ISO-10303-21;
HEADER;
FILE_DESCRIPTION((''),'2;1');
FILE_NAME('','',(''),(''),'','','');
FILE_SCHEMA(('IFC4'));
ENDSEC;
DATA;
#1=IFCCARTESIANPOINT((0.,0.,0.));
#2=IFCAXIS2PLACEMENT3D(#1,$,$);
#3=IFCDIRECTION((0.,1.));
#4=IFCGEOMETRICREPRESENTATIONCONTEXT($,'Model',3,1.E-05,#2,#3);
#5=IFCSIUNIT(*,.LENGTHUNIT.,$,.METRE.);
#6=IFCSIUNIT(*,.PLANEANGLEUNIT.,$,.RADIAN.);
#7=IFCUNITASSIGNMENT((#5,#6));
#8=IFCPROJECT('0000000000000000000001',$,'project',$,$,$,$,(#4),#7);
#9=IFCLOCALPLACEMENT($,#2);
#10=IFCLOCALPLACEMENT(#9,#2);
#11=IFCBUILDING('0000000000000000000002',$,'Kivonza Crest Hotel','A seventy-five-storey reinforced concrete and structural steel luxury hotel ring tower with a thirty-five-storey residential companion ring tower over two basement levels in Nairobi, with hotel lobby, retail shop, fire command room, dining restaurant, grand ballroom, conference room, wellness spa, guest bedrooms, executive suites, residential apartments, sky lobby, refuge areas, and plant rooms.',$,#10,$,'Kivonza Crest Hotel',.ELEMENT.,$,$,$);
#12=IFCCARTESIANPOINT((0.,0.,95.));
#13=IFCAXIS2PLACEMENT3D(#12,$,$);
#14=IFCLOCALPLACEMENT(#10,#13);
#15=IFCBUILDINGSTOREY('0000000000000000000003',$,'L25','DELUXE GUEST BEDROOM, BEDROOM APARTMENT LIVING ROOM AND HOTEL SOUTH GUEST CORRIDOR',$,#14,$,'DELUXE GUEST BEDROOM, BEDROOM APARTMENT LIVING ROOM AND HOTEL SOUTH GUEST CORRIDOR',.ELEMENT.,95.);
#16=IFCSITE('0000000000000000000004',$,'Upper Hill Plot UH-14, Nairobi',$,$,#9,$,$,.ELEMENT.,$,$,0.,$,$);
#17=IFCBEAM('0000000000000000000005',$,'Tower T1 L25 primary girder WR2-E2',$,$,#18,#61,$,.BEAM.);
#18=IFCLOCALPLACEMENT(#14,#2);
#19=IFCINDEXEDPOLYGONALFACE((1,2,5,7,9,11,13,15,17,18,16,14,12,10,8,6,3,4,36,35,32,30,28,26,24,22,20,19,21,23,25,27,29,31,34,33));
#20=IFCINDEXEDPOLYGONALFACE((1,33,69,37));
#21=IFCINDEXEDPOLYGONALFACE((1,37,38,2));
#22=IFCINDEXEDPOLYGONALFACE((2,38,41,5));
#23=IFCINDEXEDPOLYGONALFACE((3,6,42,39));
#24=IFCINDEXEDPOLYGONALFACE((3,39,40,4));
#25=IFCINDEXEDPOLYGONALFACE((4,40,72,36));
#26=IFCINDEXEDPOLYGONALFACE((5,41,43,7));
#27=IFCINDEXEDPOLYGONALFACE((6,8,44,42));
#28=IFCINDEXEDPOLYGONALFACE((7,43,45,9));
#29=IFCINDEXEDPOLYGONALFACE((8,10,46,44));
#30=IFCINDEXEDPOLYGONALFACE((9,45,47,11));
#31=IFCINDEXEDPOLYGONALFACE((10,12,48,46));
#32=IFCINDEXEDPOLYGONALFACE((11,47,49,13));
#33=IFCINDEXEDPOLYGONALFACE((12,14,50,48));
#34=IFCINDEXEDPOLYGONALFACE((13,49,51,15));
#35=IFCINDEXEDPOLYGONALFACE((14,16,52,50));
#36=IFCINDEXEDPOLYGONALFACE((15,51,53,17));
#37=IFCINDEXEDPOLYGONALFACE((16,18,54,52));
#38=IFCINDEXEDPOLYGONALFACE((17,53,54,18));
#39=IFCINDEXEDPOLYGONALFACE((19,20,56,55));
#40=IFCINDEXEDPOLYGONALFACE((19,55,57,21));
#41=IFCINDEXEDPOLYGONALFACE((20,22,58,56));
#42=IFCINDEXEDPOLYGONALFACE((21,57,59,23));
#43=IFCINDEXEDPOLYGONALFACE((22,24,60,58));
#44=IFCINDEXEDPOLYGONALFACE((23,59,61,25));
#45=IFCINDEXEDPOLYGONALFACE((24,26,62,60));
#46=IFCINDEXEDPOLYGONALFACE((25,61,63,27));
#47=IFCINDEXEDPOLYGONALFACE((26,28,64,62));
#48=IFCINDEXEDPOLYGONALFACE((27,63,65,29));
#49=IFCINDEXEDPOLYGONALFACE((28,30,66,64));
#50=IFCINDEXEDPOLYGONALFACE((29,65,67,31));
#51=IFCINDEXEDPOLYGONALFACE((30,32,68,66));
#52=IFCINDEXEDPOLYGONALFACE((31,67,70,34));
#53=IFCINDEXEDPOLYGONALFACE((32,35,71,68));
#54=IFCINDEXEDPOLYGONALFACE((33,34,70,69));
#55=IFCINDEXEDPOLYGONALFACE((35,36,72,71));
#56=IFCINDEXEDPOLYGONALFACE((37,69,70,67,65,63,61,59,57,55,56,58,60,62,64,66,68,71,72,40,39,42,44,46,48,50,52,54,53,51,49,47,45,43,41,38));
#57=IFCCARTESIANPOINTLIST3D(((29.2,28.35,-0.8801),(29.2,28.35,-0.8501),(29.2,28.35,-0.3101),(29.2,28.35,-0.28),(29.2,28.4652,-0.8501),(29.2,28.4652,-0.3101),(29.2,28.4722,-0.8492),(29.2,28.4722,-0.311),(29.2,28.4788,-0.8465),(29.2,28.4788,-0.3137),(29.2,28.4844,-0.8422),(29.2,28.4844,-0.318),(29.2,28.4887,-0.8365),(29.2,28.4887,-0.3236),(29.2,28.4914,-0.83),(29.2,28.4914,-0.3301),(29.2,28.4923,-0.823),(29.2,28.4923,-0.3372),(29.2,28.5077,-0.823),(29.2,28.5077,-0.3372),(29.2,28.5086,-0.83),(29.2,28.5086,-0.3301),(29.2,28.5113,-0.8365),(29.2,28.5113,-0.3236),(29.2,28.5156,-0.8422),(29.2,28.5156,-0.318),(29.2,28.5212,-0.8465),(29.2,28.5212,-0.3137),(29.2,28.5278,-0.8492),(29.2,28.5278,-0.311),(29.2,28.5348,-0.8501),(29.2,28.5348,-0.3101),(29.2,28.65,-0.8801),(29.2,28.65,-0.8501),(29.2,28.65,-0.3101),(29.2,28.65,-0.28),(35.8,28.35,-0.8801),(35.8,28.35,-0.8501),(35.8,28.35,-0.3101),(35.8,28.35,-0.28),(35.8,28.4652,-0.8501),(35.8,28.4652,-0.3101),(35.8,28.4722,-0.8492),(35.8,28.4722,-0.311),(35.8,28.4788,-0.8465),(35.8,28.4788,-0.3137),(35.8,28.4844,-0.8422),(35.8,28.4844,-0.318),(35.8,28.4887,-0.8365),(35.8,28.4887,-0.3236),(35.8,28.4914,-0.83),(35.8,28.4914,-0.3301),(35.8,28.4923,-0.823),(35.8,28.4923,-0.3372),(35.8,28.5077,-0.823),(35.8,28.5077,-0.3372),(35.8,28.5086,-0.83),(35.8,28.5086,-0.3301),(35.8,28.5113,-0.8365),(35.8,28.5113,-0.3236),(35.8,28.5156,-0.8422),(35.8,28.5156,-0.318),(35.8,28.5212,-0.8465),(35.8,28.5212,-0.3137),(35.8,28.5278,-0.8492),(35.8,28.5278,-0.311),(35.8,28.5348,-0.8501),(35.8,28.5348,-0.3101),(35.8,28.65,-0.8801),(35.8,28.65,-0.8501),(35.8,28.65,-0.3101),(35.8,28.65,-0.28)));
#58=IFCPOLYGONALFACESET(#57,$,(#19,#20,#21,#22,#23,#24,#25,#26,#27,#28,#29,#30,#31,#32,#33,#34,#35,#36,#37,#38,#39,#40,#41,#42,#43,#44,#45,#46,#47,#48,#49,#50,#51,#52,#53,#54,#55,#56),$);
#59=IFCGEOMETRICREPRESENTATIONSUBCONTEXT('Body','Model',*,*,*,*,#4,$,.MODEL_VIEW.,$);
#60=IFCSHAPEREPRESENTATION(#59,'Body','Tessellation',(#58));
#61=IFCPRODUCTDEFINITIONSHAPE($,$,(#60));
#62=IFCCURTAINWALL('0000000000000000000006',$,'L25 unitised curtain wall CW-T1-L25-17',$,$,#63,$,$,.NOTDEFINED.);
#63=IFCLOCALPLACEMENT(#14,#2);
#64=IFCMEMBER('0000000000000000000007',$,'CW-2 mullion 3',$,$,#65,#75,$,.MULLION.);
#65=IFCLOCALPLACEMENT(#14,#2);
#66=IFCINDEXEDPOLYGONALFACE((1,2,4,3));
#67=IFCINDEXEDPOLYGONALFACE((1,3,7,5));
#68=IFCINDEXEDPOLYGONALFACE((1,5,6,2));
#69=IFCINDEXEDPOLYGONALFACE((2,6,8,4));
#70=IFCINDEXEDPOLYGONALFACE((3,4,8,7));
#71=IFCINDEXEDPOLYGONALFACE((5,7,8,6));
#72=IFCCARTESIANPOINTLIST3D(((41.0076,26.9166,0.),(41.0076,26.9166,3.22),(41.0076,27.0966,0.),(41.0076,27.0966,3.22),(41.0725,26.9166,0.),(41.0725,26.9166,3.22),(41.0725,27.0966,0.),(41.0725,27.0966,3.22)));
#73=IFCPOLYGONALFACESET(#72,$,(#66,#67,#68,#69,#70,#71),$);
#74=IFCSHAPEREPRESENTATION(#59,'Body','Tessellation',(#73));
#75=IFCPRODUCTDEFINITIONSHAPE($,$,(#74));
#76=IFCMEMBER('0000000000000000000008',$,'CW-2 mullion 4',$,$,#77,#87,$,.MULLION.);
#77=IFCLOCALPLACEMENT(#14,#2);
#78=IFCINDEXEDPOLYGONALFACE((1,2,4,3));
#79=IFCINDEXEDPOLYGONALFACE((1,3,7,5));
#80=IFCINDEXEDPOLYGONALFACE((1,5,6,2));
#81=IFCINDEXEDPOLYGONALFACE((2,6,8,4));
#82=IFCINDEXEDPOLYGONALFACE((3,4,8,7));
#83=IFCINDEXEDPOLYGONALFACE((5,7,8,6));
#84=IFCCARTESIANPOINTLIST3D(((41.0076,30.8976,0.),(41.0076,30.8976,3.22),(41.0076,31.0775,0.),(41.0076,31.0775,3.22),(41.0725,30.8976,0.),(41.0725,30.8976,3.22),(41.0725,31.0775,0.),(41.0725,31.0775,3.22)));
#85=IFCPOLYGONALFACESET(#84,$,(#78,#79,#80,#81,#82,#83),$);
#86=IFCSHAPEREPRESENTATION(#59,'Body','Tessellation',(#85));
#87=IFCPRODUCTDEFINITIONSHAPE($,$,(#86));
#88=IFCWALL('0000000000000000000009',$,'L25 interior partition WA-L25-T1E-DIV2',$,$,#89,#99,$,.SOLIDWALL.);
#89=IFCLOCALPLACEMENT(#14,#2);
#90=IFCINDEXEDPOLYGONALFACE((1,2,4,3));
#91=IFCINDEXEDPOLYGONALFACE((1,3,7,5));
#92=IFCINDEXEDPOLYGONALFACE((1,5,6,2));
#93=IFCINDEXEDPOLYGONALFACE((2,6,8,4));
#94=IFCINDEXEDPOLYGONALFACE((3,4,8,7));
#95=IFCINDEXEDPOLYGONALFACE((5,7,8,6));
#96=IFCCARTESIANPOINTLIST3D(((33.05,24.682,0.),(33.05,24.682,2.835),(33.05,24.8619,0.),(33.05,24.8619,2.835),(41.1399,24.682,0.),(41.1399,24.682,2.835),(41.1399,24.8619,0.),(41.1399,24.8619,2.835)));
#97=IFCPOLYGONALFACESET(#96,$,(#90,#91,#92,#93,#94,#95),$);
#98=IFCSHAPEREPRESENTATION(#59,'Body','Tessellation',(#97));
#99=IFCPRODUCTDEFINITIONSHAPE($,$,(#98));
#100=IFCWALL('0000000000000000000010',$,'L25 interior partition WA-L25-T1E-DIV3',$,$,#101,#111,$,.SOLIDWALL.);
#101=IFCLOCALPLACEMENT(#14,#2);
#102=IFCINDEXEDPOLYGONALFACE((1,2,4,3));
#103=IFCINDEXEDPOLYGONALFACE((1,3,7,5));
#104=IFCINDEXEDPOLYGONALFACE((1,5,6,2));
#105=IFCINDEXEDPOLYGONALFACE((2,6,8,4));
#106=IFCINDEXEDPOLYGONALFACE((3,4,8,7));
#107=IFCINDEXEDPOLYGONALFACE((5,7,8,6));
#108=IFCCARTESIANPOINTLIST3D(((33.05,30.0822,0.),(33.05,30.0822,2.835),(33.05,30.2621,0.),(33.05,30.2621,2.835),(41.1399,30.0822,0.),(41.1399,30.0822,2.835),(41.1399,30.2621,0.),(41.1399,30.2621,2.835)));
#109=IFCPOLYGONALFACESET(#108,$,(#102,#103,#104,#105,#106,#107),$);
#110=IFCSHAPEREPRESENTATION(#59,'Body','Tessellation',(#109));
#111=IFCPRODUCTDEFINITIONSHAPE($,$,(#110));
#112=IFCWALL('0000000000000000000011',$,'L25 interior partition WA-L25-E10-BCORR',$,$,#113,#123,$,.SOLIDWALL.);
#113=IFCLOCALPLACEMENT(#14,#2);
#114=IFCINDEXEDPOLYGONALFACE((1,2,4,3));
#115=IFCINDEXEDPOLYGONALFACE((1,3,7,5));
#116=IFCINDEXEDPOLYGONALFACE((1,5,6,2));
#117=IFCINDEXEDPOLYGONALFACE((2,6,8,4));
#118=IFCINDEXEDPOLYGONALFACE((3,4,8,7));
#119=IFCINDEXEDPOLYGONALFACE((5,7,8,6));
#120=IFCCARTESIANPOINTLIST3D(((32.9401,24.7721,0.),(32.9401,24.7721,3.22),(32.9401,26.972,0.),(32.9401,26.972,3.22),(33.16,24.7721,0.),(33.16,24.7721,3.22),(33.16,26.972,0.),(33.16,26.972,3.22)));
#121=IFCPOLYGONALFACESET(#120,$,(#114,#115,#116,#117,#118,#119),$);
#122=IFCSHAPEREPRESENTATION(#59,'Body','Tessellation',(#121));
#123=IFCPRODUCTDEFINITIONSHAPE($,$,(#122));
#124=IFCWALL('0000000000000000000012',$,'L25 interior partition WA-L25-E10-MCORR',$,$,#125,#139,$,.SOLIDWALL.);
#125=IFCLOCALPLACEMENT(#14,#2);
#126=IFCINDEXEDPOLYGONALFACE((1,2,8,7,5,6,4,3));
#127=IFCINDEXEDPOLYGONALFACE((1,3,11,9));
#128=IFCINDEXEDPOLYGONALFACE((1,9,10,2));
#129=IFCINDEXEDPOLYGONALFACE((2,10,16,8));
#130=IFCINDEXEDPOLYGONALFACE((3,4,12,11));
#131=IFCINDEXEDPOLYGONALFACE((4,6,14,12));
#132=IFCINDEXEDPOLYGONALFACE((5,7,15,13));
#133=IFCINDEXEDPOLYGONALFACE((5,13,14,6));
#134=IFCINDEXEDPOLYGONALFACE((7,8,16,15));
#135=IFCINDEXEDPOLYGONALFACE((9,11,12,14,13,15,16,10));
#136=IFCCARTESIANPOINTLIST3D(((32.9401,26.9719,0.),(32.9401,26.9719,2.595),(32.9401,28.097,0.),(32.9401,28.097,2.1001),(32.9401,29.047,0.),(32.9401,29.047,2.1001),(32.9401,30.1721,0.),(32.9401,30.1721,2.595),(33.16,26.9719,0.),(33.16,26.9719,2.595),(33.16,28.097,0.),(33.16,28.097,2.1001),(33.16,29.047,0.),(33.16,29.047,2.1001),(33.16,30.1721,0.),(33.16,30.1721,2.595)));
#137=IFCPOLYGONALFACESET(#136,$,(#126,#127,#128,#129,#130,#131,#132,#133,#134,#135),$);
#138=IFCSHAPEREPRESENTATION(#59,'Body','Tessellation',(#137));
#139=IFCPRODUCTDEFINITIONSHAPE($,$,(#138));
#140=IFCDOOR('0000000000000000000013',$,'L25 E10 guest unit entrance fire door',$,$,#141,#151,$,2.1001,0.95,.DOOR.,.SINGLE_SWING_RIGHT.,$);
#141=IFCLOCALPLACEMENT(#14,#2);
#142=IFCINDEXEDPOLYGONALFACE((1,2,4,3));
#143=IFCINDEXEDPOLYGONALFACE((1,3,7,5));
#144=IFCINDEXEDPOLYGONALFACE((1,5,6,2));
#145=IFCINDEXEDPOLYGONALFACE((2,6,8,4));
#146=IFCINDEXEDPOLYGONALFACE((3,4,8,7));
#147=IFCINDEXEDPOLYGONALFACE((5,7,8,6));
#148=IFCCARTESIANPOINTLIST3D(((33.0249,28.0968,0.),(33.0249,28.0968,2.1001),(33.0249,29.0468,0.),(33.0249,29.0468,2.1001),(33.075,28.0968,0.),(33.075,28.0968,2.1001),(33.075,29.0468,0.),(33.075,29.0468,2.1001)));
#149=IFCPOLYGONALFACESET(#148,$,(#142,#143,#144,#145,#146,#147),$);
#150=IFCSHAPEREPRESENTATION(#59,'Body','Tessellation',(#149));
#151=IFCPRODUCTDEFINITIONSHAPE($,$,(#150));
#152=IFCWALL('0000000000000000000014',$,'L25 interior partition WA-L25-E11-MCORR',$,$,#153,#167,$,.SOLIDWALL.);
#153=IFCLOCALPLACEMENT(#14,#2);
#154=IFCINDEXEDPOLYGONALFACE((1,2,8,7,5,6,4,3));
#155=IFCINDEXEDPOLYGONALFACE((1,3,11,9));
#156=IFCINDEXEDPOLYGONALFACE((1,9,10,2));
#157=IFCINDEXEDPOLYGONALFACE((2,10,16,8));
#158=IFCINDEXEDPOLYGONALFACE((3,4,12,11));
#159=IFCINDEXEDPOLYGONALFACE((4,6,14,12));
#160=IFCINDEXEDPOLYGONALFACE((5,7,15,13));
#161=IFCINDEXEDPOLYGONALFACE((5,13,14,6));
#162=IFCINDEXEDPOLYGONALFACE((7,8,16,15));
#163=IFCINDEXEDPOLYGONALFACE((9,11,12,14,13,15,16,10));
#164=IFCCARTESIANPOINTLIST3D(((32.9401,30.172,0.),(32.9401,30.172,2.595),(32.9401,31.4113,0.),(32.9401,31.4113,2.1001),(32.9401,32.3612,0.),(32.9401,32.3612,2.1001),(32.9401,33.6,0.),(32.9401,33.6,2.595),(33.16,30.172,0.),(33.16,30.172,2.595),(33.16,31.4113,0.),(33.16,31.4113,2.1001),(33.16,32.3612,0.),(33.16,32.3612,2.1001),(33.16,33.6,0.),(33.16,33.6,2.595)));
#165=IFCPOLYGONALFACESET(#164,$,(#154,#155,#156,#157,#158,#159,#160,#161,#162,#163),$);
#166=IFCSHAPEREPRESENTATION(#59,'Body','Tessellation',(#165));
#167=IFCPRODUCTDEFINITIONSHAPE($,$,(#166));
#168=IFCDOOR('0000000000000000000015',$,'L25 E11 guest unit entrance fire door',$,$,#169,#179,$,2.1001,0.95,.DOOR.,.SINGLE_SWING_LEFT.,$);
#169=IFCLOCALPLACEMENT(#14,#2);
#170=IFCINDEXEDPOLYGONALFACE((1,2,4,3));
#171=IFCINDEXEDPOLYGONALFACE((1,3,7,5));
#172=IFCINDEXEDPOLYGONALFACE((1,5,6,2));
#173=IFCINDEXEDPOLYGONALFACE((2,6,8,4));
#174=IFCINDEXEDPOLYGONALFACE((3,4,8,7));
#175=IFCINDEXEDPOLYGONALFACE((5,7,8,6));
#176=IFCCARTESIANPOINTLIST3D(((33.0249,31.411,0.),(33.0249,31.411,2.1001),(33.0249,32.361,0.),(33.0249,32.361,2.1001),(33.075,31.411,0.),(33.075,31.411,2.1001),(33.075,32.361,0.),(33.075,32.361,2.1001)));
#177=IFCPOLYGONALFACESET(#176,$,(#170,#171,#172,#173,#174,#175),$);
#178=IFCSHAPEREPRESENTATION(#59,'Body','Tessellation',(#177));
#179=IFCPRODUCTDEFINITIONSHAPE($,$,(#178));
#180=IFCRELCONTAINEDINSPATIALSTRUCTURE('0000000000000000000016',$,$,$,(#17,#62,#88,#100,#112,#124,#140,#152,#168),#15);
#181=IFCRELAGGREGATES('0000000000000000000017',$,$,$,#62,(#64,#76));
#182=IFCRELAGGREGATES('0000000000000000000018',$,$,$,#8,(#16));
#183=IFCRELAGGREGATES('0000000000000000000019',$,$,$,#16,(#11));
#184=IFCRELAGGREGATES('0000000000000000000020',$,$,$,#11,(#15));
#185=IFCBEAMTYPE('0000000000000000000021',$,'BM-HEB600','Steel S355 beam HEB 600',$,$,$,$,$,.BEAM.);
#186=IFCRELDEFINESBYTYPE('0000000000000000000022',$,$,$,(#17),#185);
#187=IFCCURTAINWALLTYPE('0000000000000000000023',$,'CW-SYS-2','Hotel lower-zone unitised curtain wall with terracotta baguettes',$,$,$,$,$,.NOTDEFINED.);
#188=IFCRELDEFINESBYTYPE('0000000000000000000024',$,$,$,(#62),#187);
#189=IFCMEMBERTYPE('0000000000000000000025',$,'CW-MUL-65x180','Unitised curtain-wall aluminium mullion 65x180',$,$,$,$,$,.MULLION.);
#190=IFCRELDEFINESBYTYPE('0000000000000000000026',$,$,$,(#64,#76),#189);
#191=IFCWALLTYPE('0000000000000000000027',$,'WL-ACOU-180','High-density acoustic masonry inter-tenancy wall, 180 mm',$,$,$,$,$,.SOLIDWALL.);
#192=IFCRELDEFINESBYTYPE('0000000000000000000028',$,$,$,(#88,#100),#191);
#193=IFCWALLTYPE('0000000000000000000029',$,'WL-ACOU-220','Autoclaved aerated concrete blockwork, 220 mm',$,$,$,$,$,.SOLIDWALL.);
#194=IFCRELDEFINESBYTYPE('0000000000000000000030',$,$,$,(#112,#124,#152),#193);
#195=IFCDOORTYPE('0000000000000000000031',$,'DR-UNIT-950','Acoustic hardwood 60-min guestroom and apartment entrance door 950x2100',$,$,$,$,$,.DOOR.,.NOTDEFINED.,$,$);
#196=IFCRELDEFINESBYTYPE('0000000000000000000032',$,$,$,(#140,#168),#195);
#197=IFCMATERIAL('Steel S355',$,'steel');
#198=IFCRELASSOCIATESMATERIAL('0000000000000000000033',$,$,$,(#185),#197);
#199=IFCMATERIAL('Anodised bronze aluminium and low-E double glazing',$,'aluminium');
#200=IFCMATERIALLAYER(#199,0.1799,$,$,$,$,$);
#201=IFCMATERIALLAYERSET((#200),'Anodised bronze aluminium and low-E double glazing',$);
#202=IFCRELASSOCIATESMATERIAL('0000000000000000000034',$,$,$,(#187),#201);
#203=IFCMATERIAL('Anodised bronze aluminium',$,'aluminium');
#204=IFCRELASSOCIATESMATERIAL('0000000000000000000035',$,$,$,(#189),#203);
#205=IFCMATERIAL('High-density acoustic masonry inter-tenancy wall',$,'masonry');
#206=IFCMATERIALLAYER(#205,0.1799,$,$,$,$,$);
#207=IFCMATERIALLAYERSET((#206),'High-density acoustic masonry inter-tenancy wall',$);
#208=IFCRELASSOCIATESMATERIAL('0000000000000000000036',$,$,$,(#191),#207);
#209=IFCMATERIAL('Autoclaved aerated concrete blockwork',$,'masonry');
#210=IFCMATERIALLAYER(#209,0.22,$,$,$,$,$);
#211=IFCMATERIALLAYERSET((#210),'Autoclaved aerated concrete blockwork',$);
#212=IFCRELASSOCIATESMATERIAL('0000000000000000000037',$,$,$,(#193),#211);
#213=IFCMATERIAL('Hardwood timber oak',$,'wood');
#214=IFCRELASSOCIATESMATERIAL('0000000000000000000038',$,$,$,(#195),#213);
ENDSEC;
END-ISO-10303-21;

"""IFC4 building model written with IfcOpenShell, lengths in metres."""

from ifc_helpers import new_model, si_unit, direction, frame, frame_2d, origin, origin_2d, place, context, subcontext, project, spatial, rectangle, i_section, extrude, material, layer, layer_set, material_profile, profile_set, type_object, element, fill, aggregate, save


model = new_model("IFC4")

# Units and contexts
model_context = context("Model", 3, precision=1e-05, world=origin(), true_north=direction((0.0, 1.0)))
body_context = subcontext(model_context, "Body", "Model", "MODEL_VIEW")
ifc_project = project(units=[si_unit("LENGTHUNIT", "METRE"), si_unit("PLANEANGLEUNIT", "RADIAN")], contexts=[model_context])

# Site, building, storey
site_placement = place(None, origin())
site = spatial("IfcSite", under=ifc_project, at=site_placement, Name="Upper Hill Plot UH-14, Nairobi", CompositionType="ELEMENT", RefElevation=0.0)
building_placement = place(site_placement, origin())
building = spatial("IfcBuilding", under=site, at=building_placement, Name="Kivonza Crest Hotel", Description="A seventy-five-storey reinforced concrete and structural steel luxury hotel ring tower with a thirty-five-storey residential companion ring tower over two basement levels in Nairobi, with hotel lobby, retail shop, fire command room, dining restaurant, grand ballroom, conference room, wellness spa, guest bedrooms, executive suites, residential apartments, sky lobby, refuge areas, and plant rooms.", LongName="Kivonza Crest Hotel", CompositionType="ELEMENT")
storey_placement = place(building_placement, frame((0.0, 0.0, 95.0)))
storey = spatial("IfcBuildingStorey", under=building, at=storey_placement, Name="L25", Description="DELUXE GUEST BEDROOM, BEDROOM APARTMENT LIVING ROOM AND HOTEL SOUTH GUEST CORRIDOR", LongName="DELUXE GUEST BEDROOM, BEDROOM APARTMENT LIVING ROOM AND HOTEL SOUTH GUEST CORRIDOR", CompositionType="ELEMENT", Elevation=95.0)

# Beam
ifc_material_1 = material(Name="Steel S355", Category="steel")
ifc_material_profile_1 = material_profile(ifc_material_1, i_section(OverallWidth=0.3, OverallDepth=0.6001, WebThickness=0.0154, FlangeThickness=0.03, FilletRadius=0.0271, at=origin_2d()), Name="HEB 600")
ifc_profile_set_1 = profile_set([ifc_material_profile_1], Name="Steel S355")
beam_type_1 = type_object("IfcBeamType", Name="BM-HEB600", Description="Steel S355 beam HEB 600", PredefinedType="BEAM", material=ifc_profile_set_1)
beam_1_placement = place(storey_placement, frame((29.2, 28.5, -0.5801), z_axis=(1.0, 0.0, 0.0), x_axis=(0.0, 1.0, 0.0)))
element("IfcBeam", 1, at=beam_1_placement, inside=storey, type_object=beam_type_1, Name="Tower T1 L25 primary girder WR2-E2", PredefinedType="BEAM", context=body_context, shape_type="SweptSolid", body=[
    extrude(i_section(OverallWidth=0.3, OverallDepth=0.6001, WebThickness=0.0154, FlangeThickness=0.03, FilletRadius=0.0271, at=origin_2d()), origin(), (0.0, 0.0, 1.0), 6.6001),
])

# Curtain wall, members
ifc_material_2 = material(Name="Anodised bronze aluminium and low-E double glazing", Category="aluminium")
ifc_layer_1 = layer(ifc_material_2, 0.1799)
ifc_layer_set_1 = layer_set([ifc_layer_1], Name="Anodised bronze aluminium and low-E double glazing")
curtain_wall_type = type_object("IfcCurtainWallType", Name="CW-SYS-2", Description="Hotel lower-zone unitised curtain wall with terracotta baguettes", PredefinedType="NOTDEFINED", material=ifc_layer_set_1)
curtain_wall_placement = place(storey_placement, origin())
curtain_wall = element("IfcCurtainWall", 2, at=curtain_wall_placement, inside=storey, type_object=curtain_wall_type, Name="L25 unitised curtain wall CW-T1-L25-17", PredefinedType="NOTDEFINED")
ifc_material_3 = material(Name="Anodised bronze aluminium", Category="aluminium")
ifc_material_profile_2 = material_profile(ifc_material_3, rectangle(XDim=0.0649, YDim=0.1799, at=origin_2d()), Name="CW-M 65x180")
ifc_profile_set_2 = profile_set([ifc_material_profile_2], Name="Anodised bronze aluminium")
member_type = type_object("IfcMemberType", Name="CW-MUL-65x180", Description="Unitised curtain-wall aluminium mullion 65x180", PredefinedType="MULLION", material=ifc_profile_set_2)
member_1_placement = place(storey_placement, frame((41.04, 27.0066, 0.0), z_axis=(0.0, 0.0, 1.0), x_axis=(-1.0, 0.0, 0.0)))
member_1 = element("IfcMember", 3, at=member_1_placement, type_object=member_type, Name="CW-2 mullion 3", PredefinedType="MULLION", context=body_context, shape_type="SweptSolid", body=[
    extrude(rectangle(XDim=0.0649, YDim=0.1799, at=origin_2d()), origin(), (0.0, 0.0, 1.0), 3.22),
])
member_2_placement = place(storey_placement, frame((41.04, 30.9875, 0.0), z_axis=(0.0, 0.0, 1.0), x_axis=(-1.0, 0.0, 0.0)))
member_2 = element("IfcMember", 4, at=member_2_placement, type_object=member_type, Name="CW-2 mullion 4", PredefinedType="MULLION", context=body_context, shape_type="SweptSolid", body=[
    extrude(rectangle(XDim=0.0649, YDim=0.1799, at=origin_2d()), origin(), (0.0, 0.0, 1.0), 3.22),
])
aggregate(curtain_wall, [member_1, member_2])

# Walls
ifc_material_4 = material(Name="High-density acoustic masonry inter-tenancy wall", Category="masonry")
ifc_layer_2 = layer(ifc_material_4, 0.1799)
ifc_layer_set_2 = layer_set([ifc_layer_2], Name="High-density acoustic masonry inter-tenancy wall")
wall_type_1 = type_object("IfcWallType", Name="WL-ACOU-180", Description="High-density acoustic masonry inter-tenancy wall, 180 mm", PredefinedType="SOLIDWALL", material=ifc_layer_set_2)
for number, where, z_axis, x_axis, name in (
    (5, (33.05, 24.772, 0.0), (0.0, 0.0, 1.0), (1.0, 0.0, 0.0), "L25 interior partition WA-L25-T1E-DIV2"),
    (6, (33.05, 30.1721, 0.0), (0.0, 0.0, 1.0), (1.0, 0.0, 0.0), "L25 interior partition WA-L25-T1E-DIV3"),
):
    element("IfcWall", number, at=place(storey_placement, frame(where, z_axis=z_axis, x_axis=x_axis)), inside=storey, type_object=wall_type_1, Name=name, PredefinedType="SOLIDWALL", context=body_context, shape_type="SweptSolid", body=[
        extrude(rectangle(XDim=8.0898, YDim=0.1799, at=frame_2d((4.0449, 0.0))), origin(), (0.0, 0.0, 1.0), 2.835),
    ])
ifc_material_5 = material(Name="Autoclaved aerated concrete blockwork", Category="masonry")
ifc_layer_3 = layer(ifc_material_5, 0.22)
ifc_layer_set_3 = layer_set([ifc_layer_3], Name="Autoclaved aerated concrete blockwork")
wall_type_2 = type_object("IfcWallType", Name="WL-ACOU-220", Description="Autoclaved aerated concrete blockwork, 220 mm", PredefinedType="SOLIDWALL", material=ifc_layer_set_3)
wall_1_placement = place(storey_placement, frame((33.05, 24.772, 0.0), z_axis=(0.0, 0.0, 1.0), x_axis=(0.0, 1.0, 0.0)))
element("IfcWall", 7, at=wall_1_placement, inside=storey, type_object=wall_type_2, Name="L25 interior partition WA-L25-E10-BCORR", PredefinedType="SOLIDWALL", context=body_context, shape_type="SweptSolid", body=[
    extrude(rectangle(XDim=2.2, YDim=0.22, at=frame_2d((1.1001, 0.0))), origin(), (0.0, 0.0, 1.0), 3.22),
])

# Walls, openings, doors
wall_2_placement = place(storey_placement, frame((33.05, 26.9719, 0.0), z_axis=(0.0, 0.0, 1.0), x_axis=(0.0, 1.0, 0.0)))
wall_2 = element("IfcWall", 8, at=wall_2_placement, inside=storey, type_object=wall_type_2, Name="L25 interior partition WA-L25-E10-MCORR", PredefinedType="SOLIDWALL", context=body_context, shape_type="SweptSolid", body=[
    extrude(rectangle(XDim=3.2002, YDim=0.22, at=frame_2d((1.6001, 0.0))), origin(), (0.0, 0.0, 1.0), 2.595),
])
opening_1_placement = place(wall_2_placement, frame((1.125, 0.0, 0.0)))
opening_1 = element("IfcOpeningElement", 9, at=opening_1_placement, cuts=wall_2, PredefinedType="OPENING", context=body_context, shape_type="SweptSolid", body=[
    extrude(rectangle(XDim=0.95, YDim=2.1001, at=frame_2d((0.4751, 1.05))), frame((0.0, 0.1201, 0.0), z_axis=(0.0, -1.0, 0.0), x_axis=(1.0, 0.0, 0.0)), (0.0, 0.0, 1.0), 0.24),
])
ifc_material_6 = material(Name="Hardwood timber oak", Category="wood")
door_type_1 = type_object("IfcDoorType", Name="DR-UNIT-950", Description="Acoustic hardwood 60-min guestroom and apartment entrance door 950x2100", OperationType="NOTDEFINED", PredefinedType="DOOR", material=ifc_material_6)
door_1_placement = place(opening_1_placement, frame((0.95, 0.0, 0.0), z_axis=(0.0, 0.0, 1.0), x_axis=(-1.0, 0.0, 0.0)))
door_1 = element("IfcDoor", 10, at=door_1_placement, inside=storey, type_object=door_type_1, Name="L25 E10 guest unit entrance fire door", OperationType="SINGLE_SWING_RIGHT", OverallHeight=2.1001, OverallWidth=0.95, PredefinedType="DOOR", context=body_context, shape_type="SweptSolid", body=[
    extrude(rectangle(XDim=0.95, YDim=2.1001, at=frame_2d((0.4751, 1.05))), frame((0.0, 0.0249, 0.0), z_axis=(0.0, -1.0, 0.0), x_axis=(1.0, 0.0, 0.0)), (0.0, 0.0, 1.0), 0.05),
])
fill(opening_1, door_1)
wall_3_placement = place(storey_placement, frame((33.05, 30.1721, 0.0), z_axis=(0.0, 0.0, 1.0), x_axis=(0.0, 1.0, 0.0)))
wall_3 = element("IfcWall", 11, at=wall_3_placement, inside=storey, type_object=wall_type_2, Name="L25 interior partition WA-L25-E11-MCORR", PredefinedType="SOLIDWALL", context=body_context, shape_type="SweptSolid", body=[
    extrude(rectangle(XDim=3.428, YDim=0.22, at=frame_2d((1.7139, 0.0))), origin(), (0.0, 0.0, 1.0), 2.595),
])
opening_2_placement = place(wall_3_placement, frame((1.239, 0.0, 0.0)))
opening_2 = element("IfcOpeningElement", 12, at=opening_2_placement, cuts=wall_3, PredefinedType="OPENING", context=body_context, shape_type="SweptSolid", body=[
    extrude(rectangle(XDim=0.95, YDim=2.1001, at=frame_2d((0.4751, 1.05))), frame((0.0, 0.1201, 0.0), z_axis=(0.0, -1.0, 0.0), x_axis=(1.0, 0.0, 0.0)), (0.0, 0.0, 1.0), 0.24),
])
door_2_placement = place(opening_2_placement, frame((0.95, 0.0, 0.0), z_axis=(0.0, 0.0, 1.0), x_axis=(-1.0, 0.0, 0.0)))
door_2 = element("IfcDoor", 13, at=door_2_placement, inside=storey, type_object=door_type_1, Name="L25 E11 guest unit entrance fire door", OperationType="SINGLE_SWING_LEFT", OverallHeight=2.1001, OverallWidth=0.95, PredefinedType="DOOR", context=body_context, shape_type="SweptSolid", body=[
    extrude(rectangle(XDim=0.95, YDim=2.1001, at=frame_2d((0.4751, 1.05))), frame((0.0, 0.0249, 0.0), z_axis=(0.0, -1.0, 0.0), x_axis=(1.0, 0.0, 0.0)), (0.0, 0.0, 1.0), 0.05),
])
fill(opening_2, door_2)

save(model, "model.ifc")
